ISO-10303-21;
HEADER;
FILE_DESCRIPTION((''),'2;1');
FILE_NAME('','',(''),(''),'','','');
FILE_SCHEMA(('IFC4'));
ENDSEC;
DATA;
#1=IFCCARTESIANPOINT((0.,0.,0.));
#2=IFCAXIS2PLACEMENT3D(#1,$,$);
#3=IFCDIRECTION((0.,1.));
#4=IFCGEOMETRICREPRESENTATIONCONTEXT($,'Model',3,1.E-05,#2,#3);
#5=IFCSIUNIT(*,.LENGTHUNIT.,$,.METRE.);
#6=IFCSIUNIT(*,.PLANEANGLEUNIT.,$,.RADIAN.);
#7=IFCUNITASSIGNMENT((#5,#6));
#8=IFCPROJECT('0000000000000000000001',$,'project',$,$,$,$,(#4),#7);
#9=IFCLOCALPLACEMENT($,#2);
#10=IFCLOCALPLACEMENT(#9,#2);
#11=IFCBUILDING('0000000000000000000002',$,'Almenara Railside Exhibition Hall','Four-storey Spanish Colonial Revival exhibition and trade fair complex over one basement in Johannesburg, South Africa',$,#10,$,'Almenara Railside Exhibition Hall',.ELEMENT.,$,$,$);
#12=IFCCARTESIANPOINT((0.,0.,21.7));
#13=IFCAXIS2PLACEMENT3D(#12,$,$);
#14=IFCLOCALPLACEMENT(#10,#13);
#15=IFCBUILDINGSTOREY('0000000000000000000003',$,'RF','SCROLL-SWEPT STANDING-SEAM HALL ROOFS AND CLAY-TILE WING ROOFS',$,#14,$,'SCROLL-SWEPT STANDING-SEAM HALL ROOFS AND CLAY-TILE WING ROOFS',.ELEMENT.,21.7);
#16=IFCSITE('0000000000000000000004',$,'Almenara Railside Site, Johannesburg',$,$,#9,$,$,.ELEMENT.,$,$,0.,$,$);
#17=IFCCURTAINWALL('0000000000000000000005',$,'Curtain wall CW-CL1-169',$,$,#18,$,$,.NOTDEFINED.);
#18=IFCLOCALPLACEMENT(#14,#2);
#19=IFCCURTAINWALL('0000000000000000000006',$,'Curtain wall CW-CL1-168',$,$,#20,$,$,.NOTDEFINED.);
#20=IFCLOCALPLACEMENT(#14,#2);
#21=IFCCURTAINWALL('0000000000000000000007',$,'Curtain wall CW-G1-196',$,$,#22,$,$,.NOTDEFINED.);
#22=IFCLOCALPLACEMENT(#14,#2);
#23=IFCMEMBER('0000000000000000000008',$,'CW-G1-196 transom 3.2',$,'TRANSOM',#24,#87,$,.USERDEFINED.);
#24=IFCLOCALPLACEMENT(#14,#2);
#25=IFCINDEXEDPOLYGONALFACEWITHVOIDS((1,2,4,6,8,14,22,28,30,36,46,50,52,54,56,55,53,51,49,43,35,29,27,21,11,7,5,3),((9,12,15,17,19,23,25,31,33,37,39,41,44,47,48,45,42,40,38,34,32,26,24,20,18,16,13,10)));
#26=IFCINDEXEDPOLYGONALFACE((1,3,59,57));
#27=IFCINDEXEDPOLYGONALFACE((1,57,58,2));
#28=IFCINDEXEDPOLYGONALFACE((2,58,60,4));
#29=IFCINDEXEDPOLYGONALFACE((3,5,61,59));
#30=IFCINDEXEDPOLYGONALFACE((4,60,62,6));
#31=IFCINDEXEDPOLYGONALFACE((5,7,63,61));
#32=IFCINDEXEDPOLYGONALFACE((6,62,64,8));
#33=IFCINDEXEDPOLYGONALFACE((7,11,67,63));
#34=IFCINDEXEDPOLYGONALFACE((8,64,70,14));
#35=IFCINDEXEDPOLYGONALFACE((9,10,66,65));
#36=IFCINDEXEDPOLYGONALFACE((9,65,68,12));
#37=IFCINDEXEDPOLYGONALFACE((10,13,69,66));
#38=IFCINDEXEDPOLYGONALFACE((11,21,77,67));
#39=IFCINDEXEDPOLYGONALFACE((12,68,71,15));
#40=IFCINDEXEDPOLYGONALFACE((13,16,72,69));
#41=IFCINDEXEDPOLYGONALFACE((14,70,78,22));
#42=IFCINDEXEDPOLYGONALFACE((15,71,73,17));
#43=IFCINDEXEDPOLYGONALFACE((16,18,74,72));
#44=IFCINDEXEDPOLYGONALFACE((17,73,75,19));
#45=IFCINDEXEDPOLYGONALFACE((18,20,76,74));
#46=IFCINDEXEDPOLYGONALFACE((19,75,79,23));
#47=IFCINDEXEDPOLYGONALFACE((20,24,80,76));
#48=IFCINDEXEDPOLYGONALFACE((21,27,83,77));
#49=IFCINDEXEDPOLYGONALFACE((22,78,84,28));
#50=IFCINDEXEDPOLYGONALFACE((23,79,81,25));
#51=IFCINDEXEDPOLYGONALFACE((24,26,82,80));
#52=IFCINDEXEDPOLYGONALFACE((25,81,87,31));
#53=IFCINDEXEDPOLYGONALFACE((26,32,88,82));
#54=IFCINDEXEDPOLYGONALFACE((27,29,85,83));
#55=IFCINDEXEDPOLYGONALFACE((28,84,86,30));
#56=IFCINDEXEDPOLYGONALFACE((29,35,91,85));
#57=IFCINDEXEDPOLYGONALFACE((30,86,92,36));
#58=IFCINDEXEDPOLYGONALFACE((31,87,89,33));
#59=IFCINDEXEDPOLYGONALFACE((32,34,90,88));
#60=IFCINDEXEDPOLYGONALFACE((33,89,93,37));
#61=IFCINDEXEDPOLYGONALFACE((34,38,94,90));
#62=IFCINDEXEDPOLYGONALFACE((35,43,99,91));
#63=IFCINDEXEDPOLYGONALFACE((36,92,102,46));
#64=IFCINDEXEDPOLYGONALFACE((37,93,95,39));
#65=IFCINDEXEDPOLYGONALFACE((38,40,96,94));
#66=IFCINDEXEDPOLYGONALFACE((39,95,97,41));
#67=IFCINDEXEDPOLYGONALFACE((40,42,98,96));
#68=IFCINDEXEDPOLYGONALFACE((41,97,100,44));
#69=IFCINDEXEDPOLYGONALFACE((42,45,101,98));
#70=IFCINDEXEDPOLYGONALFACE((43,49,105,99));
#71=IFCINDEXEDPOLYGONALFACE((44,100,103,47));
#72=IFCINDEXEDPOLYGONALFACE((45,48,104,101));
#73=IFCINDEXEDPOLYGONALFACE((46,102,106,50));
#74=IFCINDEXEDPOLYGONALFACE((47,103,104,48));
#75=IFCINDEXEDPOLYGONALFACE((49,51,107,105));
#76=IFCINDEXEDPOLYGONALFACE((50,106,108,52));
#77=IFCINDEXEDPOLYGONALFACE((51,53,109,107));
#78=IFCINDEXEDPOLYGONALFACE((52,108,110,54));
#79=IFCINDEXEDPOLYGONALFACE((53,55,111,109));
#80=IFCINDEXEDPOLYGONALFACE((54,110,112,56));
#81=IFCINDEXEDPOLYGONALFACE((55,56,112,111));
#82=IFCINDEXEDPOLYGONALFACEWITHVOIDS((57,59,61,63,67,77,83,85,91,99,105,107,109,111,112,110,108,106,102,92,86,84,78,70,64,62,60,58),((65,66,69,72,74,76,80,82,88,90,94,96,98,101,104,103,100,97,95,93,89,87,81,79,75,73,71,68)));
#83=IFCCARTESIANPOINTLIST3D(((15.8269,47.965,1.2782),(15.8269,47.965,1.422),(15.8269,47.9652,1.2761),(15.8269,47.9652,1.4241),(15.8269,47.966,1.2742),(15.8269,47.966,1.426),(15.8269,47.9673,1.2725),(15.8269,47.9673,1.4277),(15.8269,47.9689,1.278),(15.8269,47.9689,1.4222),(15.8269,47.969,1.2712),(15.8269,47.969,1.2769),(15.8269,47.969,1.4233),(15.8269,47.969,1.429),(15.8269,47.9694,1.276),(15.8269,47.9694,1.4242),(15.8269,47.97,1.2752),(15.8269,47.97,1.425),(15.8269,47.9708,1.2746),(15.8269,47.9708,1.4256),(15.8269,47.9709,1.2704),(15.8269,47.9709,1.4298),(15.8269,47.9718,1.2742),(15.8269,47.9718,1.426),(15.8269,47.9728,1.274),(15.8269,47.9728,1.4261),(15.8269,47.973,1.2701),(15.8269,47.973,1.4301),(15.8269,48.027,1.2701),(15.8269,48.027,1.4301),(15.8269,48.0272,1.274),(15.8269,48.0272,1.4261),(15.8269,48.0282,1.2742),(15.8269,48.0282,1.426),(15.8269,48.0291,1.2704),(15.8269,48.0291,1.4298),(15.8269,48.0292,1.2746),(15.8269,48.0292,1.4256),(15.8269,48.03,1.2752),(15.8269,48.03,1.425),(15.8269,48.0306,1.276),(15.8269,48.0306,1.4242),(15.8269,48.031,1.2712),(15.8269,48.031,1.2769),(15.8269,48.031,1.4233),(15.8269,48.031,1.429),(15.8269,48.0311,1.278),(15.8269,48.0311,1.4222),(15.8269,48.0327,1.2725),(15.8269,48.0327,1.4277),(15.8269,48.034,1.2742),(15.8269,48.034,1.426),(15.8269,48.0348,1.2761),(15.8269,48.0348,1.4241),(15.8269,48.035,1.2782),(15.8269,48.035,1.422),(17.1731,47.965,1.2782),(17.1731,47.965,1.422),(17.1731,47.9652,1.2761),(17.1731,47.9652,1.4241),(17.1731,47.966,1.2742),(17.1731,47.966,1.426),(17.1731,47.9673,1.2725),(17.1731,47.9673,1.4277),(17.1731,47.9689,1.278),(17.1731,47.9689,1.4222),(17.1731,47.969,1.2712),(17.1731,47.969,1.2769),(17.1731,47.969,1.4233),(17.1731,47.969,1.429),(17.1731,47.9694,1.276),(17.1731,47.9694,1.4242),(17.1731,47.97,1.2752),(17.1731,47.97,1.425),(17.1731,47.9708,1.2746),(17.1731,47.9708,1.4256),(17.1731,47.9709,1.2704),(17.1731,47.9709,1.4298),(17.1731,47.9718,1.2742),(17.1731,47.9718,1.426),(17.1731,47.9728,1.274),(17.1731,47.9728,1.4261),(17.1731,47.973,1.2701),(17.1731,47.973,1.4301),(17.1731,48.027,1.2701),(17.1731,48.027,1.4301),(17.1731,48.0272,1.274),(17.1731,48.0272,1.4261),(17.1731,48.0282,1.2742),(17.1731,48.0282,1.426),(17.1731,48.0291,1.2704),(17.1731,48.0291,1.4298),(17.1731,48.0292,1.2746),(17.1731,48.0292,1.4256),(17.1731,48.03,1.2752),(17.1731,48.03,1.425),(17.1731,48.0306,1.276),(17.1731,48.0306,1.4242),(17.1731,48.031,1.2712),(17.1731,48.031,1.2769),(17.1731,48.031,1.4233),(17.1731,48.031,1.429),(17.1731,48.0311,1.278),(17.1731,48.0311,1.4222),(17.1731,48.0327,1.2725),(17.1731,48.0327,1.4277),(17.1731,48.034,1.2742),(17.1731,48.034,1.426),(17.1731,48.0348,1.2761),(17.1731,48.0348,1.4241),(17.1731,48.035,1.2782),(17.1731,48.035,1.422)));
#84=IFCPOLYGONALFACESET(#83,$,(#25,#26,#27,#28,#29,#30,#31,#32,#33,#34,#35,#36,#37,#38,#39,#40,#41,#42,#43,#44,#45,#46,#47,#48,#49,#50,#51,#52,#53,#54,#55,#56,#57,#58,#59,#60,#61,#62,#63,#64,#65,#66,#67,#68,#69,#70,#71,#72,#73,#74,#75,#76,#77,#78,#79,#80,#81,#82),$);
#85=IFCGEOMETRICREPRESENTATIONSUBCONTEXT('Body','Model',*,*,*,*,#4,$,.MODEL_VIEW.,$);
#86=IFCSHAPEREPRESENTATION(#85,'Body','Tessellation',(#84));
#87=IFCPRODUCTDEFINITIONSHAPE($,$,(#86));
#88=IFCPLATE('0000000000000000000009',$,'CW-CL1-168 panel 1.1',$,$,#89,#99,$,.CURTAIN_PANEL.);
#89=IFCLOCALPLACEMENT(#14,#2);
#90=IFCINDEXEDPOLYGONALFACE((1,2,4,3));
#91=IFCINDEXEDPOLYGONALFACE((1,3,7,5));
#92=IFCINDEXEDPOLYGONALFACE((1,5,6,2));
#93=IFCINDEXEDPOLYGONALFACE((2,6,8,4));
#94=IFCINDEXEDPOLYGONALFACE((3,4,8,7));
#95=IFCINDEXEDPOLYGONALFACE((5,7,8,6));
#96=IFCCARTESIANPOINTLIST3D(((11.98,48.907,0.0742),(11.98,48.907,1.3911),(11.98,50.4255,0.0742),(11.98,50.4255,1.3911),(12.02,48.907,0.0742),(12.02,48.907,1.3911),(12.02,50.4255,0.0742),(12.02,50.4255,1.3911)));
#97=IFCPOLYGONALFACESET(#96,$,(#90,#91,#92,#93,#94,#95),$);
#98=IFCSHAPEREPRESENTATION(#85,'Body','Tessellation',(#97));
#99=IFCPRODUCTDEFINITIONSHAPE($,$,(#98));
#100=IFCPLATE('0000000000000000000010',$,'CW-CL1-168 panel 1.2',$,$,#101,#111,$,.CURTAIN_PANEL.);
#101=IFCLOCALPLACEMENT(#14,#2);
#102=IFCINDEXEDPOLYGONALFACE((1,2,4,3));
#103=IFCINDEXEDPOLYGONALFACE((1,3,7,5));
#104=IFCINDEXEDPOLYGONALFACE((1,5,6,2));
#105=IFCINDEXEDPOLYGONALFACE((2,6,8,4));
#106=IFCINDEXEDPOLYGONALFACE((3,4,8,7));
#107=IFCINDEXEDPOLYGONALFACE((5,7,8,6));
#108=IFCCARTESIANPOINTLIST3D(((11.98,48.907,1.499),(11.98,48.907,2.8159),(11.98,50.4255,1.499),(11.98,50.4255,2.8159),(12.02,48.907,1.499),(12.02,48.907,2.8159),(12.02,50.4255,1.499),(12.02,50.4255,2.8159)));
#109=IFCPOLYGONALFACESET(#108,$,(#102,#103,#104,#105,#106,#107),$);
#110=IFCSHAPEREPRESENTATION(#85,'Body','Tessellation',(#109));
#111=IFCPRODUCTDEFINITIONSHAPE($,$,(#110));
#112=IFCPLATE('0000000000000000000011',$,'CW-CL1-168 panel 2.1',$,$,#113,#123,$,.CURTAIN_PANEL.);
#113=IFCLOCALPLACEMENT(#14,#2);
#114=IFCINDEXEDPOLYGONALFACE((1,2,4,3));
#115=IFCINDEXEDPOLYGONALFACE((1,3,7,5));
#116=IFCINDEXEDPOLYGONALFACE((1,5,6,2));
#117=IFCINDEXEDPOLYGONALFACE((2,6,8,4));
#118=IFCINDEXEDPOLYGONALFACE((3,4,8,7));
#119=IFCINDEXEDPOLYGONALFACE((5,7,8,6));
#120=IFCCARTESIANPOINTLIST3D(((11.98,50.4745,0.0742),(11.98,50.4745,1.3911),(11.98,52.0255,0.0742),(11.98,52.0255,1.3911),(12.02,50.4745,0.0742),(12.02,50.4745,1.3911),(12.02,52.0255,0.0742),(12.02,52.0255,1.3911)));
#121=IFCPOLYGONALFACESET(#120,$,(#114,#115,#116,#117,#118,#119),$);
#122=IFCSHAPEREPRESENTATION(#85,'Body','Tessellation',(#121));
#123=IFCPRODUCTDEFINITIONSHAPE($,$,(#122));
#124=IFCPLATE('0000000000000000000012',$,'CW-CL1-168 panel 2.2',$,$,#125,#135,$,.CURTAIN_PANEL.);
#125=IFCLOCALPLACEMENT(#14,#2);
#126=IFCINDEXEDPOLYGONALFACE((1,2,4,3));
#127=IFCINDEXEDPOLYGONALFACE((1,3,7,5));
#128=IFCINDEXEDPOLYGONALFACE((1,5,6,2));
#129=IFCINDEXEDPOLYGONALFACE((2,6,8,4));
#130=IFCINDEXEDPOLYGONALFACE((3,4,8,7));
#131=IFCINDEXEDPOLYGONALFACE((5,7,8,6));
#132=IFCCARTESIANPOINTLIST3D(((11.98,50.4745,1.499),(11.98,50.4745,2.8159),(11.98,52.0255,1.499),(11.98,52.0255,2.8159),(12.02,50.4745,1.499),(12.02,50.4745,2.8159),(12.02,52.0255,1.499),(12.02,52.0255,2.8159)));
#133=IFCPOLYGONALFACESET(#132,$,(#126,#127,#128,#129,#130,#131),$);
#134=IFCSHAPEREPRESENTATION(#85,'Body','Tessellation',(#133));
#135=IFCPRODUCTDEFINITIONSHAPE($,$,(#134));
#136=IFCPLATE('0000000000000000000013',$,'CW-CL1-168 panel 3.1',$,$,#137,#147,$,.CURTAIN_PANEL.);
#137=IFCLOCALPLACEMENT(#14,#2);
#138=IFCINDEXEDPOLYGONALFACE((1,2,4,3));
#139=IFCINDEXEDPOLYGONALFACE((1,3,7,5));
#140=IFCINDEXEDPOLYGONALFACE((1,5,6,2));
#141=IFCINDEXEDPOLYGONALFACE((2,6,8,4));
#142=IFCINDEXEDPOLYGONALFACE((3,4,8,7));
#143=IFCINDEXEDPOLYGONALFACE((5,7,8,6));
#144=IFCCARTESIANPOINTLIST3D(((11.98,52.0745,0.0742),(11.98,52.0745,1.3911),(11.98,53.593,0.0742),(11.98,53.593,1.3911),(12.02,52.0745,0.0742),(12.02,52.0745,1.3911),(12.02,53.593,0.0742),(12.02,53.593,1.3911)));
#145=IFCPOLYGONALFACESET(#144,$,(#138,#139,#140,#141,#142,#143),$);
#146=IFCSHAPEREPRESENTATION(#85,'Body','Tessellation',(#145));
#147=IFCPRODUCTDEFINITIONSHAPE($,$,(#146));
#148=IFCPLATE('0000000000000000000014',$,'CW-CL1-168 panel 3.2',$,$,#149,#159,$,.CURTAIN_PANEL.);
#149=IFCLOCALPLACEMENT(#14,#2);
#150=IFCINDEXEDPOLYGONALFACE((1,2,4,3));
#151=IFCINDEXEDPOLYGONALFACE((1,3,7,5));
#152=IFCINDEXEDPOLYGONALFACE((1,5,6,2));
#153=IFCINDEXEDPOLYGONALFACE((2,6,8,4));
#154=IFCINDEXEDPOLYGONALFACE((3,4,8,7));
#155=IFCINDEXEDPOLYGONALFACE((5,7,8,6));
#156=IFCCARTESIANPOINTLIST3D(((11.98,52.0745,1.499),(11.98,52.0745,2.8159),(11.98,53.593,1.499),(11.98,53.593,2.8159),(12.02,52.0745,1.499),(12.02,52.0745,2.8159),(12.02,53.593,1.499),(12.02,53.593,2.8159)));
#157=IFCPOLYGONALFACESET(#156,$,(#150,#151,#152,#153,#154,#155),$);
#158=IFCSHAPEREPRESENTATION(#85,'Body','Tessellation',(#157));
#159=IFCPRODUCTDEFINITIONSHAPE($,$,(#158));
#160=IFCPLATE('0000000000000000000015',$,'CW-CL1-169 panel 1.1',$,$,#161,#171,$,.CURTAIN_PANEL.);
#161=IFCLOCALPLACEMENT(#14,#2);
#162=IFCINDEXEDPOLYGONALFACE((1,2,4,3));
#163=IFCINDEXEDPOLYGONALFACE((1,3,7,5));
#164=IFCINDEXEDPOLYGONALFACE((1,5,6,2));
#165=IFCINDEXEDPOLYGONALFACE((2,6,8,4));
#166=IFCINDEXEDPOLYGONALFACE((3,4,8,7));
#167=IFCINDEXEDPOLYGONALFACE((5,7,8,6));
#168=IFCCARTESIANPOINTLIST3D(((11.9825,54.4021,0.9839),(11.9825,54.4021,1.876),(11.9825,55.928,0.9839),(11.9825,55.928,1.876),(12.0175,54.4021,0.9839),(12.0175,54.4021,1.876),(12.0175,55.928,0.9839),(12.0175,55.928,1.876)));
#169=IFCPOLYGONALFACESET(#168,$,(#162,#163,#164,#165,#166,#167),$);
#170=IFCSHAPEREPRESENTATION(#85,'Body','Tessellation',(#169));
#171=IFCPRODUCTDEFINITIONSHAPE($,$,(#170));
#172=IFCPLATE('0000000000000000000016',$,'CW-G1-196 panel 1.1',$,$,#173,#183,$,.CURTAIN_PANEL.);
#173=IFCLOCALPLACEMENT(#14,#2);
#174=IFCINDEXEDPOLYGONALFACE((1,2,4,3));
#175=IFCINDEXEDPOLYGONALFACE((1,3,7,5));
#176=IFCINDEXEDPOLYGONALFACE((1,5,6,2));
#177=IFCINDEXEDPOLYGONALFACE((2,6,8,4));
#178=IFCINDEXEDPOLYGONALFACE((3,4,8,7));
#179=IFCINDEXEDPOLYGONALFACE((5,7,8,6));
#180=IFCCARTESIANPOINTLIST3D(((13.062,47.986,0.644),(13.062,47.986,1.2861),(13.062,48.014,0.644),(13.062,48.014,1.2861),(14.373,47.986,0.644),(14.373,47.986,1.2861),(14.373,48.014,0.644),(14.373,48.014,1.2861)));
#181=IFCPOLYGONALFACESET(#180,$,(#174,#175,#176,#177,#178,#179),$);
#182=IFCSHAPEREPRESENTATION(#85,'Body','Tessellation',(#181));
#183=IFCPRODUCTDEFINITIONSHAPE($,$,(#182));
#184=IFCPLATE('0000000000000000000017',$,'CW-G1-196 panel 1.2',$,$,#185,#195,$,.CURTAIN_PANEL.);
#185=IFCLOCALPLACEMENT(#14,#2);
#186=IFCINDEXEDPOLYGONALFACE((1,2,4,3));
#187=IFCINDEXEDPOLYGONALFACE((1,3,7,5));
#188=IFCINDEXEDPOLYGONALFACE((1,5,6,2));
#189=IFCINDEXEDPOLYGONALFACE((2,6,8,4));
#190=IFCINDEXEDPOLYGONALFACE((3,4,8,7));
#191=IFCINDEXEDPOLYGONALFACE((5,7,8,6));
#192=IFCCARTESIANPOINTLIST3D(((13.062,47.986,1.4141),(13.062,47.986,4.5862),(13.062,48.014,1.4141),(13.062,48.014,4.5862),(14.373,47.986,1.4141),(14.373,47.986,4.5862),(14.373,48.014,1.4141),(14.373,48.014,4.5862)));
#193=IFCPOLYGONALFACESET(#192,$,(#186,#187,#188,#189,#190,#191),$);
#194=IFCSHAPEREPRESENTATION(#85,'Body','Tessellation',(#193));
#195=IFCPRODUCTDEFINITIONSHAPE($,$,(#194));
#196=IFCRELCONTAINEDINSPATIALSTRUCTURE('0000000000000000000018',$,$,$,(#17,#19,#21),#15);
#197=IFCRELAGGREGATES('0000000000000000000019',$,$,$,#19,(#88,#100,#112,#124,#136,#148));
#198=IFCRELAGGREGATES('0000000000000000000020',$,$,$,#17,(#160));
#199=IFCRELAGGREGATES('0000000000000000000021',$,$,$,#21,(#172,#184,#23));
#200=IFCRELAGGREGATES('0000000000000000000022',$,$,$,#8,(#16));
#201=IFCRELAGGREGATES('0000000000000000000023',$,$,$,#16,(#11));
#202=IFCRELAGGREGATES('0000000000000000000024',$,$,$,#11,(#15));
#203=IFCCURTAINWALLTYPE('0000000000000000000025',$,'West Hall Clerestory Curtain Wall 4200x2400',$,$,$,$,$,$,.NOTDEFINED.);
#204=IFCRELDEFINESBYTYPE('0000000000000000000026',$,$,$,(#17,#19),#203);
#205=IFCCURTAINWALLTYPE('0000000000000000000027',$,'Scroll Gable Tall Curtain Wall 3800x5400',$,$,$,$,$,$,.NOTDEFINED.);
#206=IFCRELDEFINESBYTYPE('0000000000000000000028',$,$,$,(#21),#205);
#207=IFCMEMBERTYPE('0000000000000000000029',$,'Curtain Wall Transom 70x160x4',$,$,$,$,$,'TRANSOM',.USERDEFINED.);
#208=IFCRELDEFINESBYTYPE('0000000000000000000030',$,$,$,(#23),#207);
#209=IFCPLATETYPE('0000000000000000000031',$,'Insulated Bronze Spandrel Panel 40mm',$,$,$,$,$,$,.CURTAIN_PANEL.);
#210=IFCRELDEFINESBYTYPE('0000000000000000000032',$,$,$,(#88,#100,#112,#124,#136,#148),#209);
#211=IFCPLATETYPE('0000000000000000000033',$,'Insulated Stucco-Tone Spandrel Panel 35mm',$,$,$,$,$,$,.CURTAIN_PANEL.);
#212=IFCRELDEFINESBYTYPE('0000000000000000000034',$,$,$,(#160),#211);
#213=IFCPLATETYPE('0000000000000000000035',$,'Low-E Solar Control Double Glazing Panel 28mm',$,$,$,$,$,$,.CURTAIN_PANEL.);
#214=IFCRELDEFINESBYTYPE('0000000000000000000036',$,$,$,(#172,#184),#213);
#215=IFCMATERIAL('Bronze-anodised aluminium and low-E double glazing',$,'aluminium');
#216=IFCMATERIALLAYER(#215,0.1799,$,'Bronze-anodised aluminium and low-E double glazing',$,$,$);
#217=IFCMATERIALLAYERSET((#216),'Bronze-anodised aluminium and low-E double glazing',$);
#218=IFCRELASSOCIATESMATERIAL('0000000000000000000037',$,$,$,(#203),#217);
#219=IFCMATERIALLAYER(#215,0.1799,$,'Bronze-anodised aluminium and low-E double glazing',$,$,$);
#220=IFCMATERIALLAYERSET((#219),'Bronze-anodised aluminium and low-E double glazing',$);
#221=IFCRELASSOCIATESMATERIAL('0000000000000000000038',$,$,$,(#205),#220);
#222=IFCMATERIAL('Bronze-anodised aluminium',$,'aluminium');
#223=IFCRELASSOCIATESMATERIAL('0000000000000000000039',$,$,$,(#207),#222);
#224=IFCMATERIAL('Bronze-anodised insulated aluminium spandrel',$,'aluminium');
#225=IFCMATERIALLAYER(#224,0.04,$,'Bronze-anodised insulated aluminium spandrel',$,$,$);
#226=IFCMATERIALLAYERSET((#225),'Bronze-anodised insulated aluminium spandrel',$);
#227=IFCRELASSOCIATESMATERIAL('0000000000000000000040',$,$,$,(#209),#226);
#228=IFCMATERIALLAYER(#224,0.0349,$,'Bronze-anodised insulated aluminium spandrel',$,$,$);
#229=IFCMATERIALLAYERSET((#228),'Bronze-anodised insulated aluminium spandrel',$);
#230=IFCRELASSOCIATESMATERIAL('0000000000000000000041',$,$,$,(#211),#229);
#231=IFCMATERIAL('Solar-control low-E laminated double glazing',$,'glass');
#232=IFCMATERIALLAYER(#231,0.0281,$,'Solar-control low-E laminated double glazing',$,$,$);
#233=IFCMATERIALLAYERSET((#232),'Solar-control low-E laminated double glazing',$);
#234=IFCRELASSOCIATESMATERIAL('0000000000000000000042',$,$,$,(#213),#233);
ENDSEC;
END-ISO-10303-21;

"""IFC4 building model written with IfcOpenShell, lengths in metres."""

from ifc_helpers import new_model, si_unit, direction, frame, origin, origin_2d, place, context, subcontext, project, spatial, rectangle, hollow_rectangle, extrude, material, layer, layer_set, material_profile, profile_set, type_object, element, aggregate, save


model = new_model("IFC4")

# Units and contexts
model_context = context("Model", 3, precision=1e-05, world=origin(), true_north=direction((0.0, 1.0)))
body_context = subcontext(model_context, "Body", "Model", "MODEL_VIEW")
ifc_project = project(units=[si_unit("LENGTHUNIT", "METRE"), si_unit("PLANEANGLEUNIT", "RADIAN")], contexts=[model_context])

# Site, building, storey
site_placement = place(None, origin())
site = spatial("IfcSite", under=ifc_project, at=site_placement, Name="Almenara Railside Site, Johannesburg", CompositionType="ELEMENT", RefElevation=0.0)
building_placement = place(site_placement, origin())
building = spatial("IfcBuilding", under=site, at=building_placement, Name="Almenara Railside Exhibition Hall", Description="Four-storey Spanish Colonial Revival exhibition and trade fair complex over one basement in Johannesburg, South Africa", LongName="Almenara Railside Exhibition Hall", CompositionType="ELEMENT")
storey_placement = place(building_placement, frame((0.0, 0.0, 21.7)))
storey = spatial("IfcBuildingStorey", under=building, at=storey_placement, Name="RF", Description="SCROLL-SWEPT STANDING-SEAM HALL ROOFS AND CLAY-TILE WING ROOFS", LongName="SCROLL-SWEPT STANDING-SEAM HALL ROOFS AND CLAY-TILE WING ROOFS", CompositionType="ELEMENT", Elevation=21.7)

# Curtain wall
ifc_material_1 = material(Name="Bronze-anodised aluminium and low-E double glazing", Category="aluminium")
ifc_layer_1 = layer(ifc_material_1, 0.1799, Name="Bronze-anodised aluminium and low-E double glazing")
ifc_layer_set_1 = layer_set([ifc_layer_1], Name="Bronze-anodised aluminium and low-E double glazing")
curtain_wall_type_1 = type_object("IfcCurtainWallType", Name="West Hall Clerestory Curtain Wall 4200x2400", PredefinedType="NOTDEFINED", material=ifc_layer_set_1)
curtain_wall_1_placement = place(storey_placement, origin())
curtain_wall_1 = element("IfcCurtainWall", 1, at=curtain_wall_1_placement, inside=storey, type_object=curtain_wall_type_1, Name="Curtain wall CW-CL1-169", PredefinedType="NOTDEFINED")
ifc_material_2 = material(Name="Bronze-anodised aluminium", Category="aluminium")

# Curtain walls
curtain_wall_2_placement = place(storey_placement, origin())
curtain_wall_2 = element("IfcCurtainWall", 2, at=curtain_wall_2_placement, inside=storey, type_object=curtain_wall_type_1, Name="Curtain wall CW-CL1-168", PredefinedType="NOTDEFINED")
ifc_layer_2 = layer(ifc_material_1, 0.1799, Name="Bronze-anodised aluminium and low-E double glazing")
ifc_layer_set_2 = layer_set([ifc_layer_2], Name="Bronze-anodised aluminium and low-E double glazing")
curtain_wall_type_2 = type_object("IfcCurtainWallType", Name="Scroll Gable Tall Curtain Wall 3800x5400", PredefinedType="NOTDEFINED", material=ifc_layer_set_2)
curtain_wall_3_placement = place(storey_placement, origin())
curtain_wall_3 = element("IfcCurtainWall", 3, at=curtain_wall_3_placement, inside=storey, type_object=curtain_wall_type_2, Name="Curtain wall CW-G1-196", PredefinedType="NOTDEFINED")

# Member
ifc_material_profile_1 = material_profile(ifc_material_2, hollow_rectangle(XDim=0.0701, YDim=0.1599, WallThickness=0.0039, InnerFilletRadius=0.0039, OuterFilletRadius=0.0081, at=origin_2d()), Name="ALU-TRN 70x160x4")
ifc_profile_set_1 = profile_set([ifc_material_profile_1], Name="Bronze-anodised aluminium")
member_type_1 = type_object("IfcMemberType", Name="Curtain Wall Transom 70x160x4", ElementType="TRANSOM", PredefinedType="USERDEFINED", material=ifc_profile_set_1)
member_1_placement = place(storey_placement, frame((15.8269, 48.0, 1.3501), z_axis=(1.0, 0.0, 0.0), x_axis=(0.0, 1.0, 0.0)))
member_1 = element("IfcMember", 4, at=member_1_placement, type_object=member_type_1, Name="CW-G1-196 transom 3.2", ObjectType="TRANSOM", PredefinedType="USERDEFINED", context=body_context, shape_type="SweptSolid", body=[
    extrude(hollow_rectangle(XDim=0.0701, YDim=0.1599, WallThickness=0.0039, InnerFilletRadius=0.0039, OuterFilletRadius=0.0081, at=origin_2d()), origin(), (0.0, 0.0, 1.0), 1.3462),
])

# Plates
ifc_material_3 = material(Name="Bronze-anodised insulated aluminium spandrel", Category="aluminium")
ifc_layer_3 = layer(ifc_material_3, 0.04, Name="Bronze-anodised insulated aluminium spandrel")
ifc_layer_set_3 = layer_set([ifc_layer_3], Name="Bronze-anodised insulated aluminium spandrel")
plate_type_1 = type_object("IfcPlateType", Name="Insulated Bronze Spandrel Panel 40mm", PredefinedType="CURTAIN_PANEL", material=ifc_layer_set_3)
plate_1_placement = place(storey_placement, frame((12.0, 49.6663, 0.0742), z_axis=(0.0, 0.0, 1.0), x_axis=(0.0, 1.0, 0.0)))
plate_1 = element("IfcPlate", 5, at=plate_1_placement, type_object=plate_type_1, Name="CW-CL1-168 panel 1.1", PredefinedType="CURTAIN_PANEL", context=body_context, shape_type="SweptSolid", body=[
    extrude(rectangle(XDim=1.5186, YDim=0.04, at=origin_2d()), origin(), (0.0, 0.0, 1.0), 1.3169),
])
plate_2_placement = place(storey_placement, frame((12.0, 49.6663, 1.499), z_axis=(0.0, 0.0, 1.0), x_axis=(0.0, 1.0, 0.0)))
plate_2 = element("IfcPlate", 6, at=plate_2_placement, type_object=plate_type_1, Name="CW-CL1-168 panel 1.2", PredefinedType="CURTAIN_PANEL", context=body_context, shape_type="SweptSolid", body=[
    extrude(rectangle(XDim=1.5186, YDim=0.04, at=origin_2d()), origin(), (0.0, 0.0, 1.0), 1.3169),
])
plate_3_placement = place(storey_placement, frame((12.0, 51.25, 0.0742), z_axis=(0.0, 0.0, 1.0), x_axis=(0.0, 1.0, 0.0)))
plate_3 = element("IfcPlate", 7, at=plate_3_placement, type_object=plate_type_1, Name="CW-CL1-168 panel 2.1", PredefinedType="CURTAIN_PANEL", context=body_context, shape_type="SweptSolid", body=[
    extrude(rectangle(XDim=1.551, YDim=0.04, at=origin_2d()), origin(), (0.0, 0.0, 1.0), 1.3169),
])
plate_4_placement = place(storey_placement, frame((12.0, 51.25, 1.499), z_axis=(0.0, 0.0, 1.0), x_axis=(0.0, 1.0, 0.0)))
plate_4 = element("IfcPlate", 8, at=plate_4_placement, type_object=plate_type_1, Name="CW-CL1-168 panel 2.2", PredefinedType="CURTAIN_PANEL", context=body_context, shape_type="SweptSolid", body=[
    extrude(rectangle(XDim=1.551, YDim=0.04, at=origin_2d()), origin(), (0.0, 0.0, 1.0), 1.3169),
])
plate_5_placement = place(storey_placement, frame((12.0, 52.8337, 0.0742), z_axis=(0.0, 0.0, 1.0), x_axis=(0.0, 1.0, 0.0)))
plate_5 = element("IfcPlate", 9, at=plate_5_placement, type_object=plate_type_1, Name="CW-CL1-168 panel 3.1", PredefinedType="CURTAIN_PANEL", context=body_context, shape_type="SweptSolid", body=[
    extrude(rectangle(XDim=1.5186, YDim=0.04, at=origin_2d()), origin(), (0.0, 0.0, 1.0), 1.3169),
])
plate_6_placement = place(storey_placement, frame((12.0, 52.8337, 1.499), z_axis=(0.0, 0.0, 1.0), x_axis=(0.0, 1.0, 0.0)))
plate_6 = element("IfcPlate", 10, at=plate_6_placement, type_object=plate_type_1, Name="CW-CL1-168 panel 3.2", PredefinedType="CURTAIN_PANEL", context=body_context, shape_type="SweptSolid", body=[
    extrude(rectangle(XDim=1.5186, YDim=0.04, at=origin_2d()), origin(), (0.0, 0.0, 1.0), 1.3169),
])
aggregate(curtain_wall_2, [plate_1, plate_2, plate_3, plate_4, plate_5, plate_6])
ifc_layer_4 = layer(ifc_material_3, 0.0349, Name="Bronze-anodised insulated aluminium spandrel")
ifc_layer_set_4 = layer_set([ifc_layer_4], Name="Bronze-anodised insulated aluminium spandrel")
plate_type_2 = type_object("IfcPlateType", Name="Insulated Stucco-Tone Spandrel Panel 35mm", PredefinedType="CURTAIN_PANEL", material=ifc_layer_set_4)
plate_7_placement = place(storey_placement, frame((12.0, 55.165, 0.9839), z_axis=(0.0, 0.0, 1.0), x_axis=(0.0, 1.0, 0.0)))
plate_7 = element("IfcPlate", 11, at=plate_7_placement, type_object=plate_type_2, Name="CW-CL1-169 panel 1.1", PredefinedType="CURTAIN_PANEL", context=body_context, shape_type="SweptSolid", body=[
    extrude(rectangle(XDim=1.5259, YDim=0.0349, at=origin_2d()), origin(), (0.0, 0.0, 1.0), 0.8921),
])
aggregate(curtain_wall_1, [plate_7])
ifc_material_4 = material(Name="Solar-control low-E laminated double glazing", Category="glass")
ifc_layer_5 = layer(ifc_material_4, 0.0281, Name="Solar-control low-E laminated double glazing")
ifc_layer_set_5 = layer_set([ifc_layer_5], Name="Solar-control low-E laminated double glazing")
plate_type_3 = type_object("IfcPlateType", Name="Low-E Solar Control Double Glazing Panel 28mm", PredefinedType="CURTAIN_PANEL", material=ifc_layer_set_5)
plate_8_placement = place(storey_placement, frame((13.7175, 48.0, 0.644), z_axis=(0.0, 0.0, 1.0), x_axis=(1.0, 0.0, 0.0)))
plate_8 = element("IfcPlate", 12, at=plate_8_placement, type_object=plate_type_3, Name="CW-G1-196 panel 1.1", PredefinedType="CURTAIN_PANEL", context=body_context, shape_type="SweptSolid", body=[
    extrude(rectangle(XDim=1.311, YDim=0.0281, at=origin_2d()), origin(), (0.0, 0.0, 1.0), 0.6421),
])
plate_9_placement = place(storey_placement, frame((13.7175, 48.0, 1.4141), z_axis=(0.0, 0.0, 1.0), x_axis=(1.0, 0.0, 0.0)))
plate_9 = element("IfcPlate", 13, at=plate_9_placement, type_object=plate_type_3, Name="CW-G1-196 panel 1.2", PredefinedType="CURTAIN_PANEL", context=body_context, shape_type="SweptSolid", body=[
    extrude(rectangle(XDim=1.311, YDim=0.0281, at=origin_2d()), origin(), (0.0, 0.0, 1.0), 3.1721),
])
aggregate(curtain_wall_3, [plate_8, plate_9, member_1])

save(model, "model.ifc")
